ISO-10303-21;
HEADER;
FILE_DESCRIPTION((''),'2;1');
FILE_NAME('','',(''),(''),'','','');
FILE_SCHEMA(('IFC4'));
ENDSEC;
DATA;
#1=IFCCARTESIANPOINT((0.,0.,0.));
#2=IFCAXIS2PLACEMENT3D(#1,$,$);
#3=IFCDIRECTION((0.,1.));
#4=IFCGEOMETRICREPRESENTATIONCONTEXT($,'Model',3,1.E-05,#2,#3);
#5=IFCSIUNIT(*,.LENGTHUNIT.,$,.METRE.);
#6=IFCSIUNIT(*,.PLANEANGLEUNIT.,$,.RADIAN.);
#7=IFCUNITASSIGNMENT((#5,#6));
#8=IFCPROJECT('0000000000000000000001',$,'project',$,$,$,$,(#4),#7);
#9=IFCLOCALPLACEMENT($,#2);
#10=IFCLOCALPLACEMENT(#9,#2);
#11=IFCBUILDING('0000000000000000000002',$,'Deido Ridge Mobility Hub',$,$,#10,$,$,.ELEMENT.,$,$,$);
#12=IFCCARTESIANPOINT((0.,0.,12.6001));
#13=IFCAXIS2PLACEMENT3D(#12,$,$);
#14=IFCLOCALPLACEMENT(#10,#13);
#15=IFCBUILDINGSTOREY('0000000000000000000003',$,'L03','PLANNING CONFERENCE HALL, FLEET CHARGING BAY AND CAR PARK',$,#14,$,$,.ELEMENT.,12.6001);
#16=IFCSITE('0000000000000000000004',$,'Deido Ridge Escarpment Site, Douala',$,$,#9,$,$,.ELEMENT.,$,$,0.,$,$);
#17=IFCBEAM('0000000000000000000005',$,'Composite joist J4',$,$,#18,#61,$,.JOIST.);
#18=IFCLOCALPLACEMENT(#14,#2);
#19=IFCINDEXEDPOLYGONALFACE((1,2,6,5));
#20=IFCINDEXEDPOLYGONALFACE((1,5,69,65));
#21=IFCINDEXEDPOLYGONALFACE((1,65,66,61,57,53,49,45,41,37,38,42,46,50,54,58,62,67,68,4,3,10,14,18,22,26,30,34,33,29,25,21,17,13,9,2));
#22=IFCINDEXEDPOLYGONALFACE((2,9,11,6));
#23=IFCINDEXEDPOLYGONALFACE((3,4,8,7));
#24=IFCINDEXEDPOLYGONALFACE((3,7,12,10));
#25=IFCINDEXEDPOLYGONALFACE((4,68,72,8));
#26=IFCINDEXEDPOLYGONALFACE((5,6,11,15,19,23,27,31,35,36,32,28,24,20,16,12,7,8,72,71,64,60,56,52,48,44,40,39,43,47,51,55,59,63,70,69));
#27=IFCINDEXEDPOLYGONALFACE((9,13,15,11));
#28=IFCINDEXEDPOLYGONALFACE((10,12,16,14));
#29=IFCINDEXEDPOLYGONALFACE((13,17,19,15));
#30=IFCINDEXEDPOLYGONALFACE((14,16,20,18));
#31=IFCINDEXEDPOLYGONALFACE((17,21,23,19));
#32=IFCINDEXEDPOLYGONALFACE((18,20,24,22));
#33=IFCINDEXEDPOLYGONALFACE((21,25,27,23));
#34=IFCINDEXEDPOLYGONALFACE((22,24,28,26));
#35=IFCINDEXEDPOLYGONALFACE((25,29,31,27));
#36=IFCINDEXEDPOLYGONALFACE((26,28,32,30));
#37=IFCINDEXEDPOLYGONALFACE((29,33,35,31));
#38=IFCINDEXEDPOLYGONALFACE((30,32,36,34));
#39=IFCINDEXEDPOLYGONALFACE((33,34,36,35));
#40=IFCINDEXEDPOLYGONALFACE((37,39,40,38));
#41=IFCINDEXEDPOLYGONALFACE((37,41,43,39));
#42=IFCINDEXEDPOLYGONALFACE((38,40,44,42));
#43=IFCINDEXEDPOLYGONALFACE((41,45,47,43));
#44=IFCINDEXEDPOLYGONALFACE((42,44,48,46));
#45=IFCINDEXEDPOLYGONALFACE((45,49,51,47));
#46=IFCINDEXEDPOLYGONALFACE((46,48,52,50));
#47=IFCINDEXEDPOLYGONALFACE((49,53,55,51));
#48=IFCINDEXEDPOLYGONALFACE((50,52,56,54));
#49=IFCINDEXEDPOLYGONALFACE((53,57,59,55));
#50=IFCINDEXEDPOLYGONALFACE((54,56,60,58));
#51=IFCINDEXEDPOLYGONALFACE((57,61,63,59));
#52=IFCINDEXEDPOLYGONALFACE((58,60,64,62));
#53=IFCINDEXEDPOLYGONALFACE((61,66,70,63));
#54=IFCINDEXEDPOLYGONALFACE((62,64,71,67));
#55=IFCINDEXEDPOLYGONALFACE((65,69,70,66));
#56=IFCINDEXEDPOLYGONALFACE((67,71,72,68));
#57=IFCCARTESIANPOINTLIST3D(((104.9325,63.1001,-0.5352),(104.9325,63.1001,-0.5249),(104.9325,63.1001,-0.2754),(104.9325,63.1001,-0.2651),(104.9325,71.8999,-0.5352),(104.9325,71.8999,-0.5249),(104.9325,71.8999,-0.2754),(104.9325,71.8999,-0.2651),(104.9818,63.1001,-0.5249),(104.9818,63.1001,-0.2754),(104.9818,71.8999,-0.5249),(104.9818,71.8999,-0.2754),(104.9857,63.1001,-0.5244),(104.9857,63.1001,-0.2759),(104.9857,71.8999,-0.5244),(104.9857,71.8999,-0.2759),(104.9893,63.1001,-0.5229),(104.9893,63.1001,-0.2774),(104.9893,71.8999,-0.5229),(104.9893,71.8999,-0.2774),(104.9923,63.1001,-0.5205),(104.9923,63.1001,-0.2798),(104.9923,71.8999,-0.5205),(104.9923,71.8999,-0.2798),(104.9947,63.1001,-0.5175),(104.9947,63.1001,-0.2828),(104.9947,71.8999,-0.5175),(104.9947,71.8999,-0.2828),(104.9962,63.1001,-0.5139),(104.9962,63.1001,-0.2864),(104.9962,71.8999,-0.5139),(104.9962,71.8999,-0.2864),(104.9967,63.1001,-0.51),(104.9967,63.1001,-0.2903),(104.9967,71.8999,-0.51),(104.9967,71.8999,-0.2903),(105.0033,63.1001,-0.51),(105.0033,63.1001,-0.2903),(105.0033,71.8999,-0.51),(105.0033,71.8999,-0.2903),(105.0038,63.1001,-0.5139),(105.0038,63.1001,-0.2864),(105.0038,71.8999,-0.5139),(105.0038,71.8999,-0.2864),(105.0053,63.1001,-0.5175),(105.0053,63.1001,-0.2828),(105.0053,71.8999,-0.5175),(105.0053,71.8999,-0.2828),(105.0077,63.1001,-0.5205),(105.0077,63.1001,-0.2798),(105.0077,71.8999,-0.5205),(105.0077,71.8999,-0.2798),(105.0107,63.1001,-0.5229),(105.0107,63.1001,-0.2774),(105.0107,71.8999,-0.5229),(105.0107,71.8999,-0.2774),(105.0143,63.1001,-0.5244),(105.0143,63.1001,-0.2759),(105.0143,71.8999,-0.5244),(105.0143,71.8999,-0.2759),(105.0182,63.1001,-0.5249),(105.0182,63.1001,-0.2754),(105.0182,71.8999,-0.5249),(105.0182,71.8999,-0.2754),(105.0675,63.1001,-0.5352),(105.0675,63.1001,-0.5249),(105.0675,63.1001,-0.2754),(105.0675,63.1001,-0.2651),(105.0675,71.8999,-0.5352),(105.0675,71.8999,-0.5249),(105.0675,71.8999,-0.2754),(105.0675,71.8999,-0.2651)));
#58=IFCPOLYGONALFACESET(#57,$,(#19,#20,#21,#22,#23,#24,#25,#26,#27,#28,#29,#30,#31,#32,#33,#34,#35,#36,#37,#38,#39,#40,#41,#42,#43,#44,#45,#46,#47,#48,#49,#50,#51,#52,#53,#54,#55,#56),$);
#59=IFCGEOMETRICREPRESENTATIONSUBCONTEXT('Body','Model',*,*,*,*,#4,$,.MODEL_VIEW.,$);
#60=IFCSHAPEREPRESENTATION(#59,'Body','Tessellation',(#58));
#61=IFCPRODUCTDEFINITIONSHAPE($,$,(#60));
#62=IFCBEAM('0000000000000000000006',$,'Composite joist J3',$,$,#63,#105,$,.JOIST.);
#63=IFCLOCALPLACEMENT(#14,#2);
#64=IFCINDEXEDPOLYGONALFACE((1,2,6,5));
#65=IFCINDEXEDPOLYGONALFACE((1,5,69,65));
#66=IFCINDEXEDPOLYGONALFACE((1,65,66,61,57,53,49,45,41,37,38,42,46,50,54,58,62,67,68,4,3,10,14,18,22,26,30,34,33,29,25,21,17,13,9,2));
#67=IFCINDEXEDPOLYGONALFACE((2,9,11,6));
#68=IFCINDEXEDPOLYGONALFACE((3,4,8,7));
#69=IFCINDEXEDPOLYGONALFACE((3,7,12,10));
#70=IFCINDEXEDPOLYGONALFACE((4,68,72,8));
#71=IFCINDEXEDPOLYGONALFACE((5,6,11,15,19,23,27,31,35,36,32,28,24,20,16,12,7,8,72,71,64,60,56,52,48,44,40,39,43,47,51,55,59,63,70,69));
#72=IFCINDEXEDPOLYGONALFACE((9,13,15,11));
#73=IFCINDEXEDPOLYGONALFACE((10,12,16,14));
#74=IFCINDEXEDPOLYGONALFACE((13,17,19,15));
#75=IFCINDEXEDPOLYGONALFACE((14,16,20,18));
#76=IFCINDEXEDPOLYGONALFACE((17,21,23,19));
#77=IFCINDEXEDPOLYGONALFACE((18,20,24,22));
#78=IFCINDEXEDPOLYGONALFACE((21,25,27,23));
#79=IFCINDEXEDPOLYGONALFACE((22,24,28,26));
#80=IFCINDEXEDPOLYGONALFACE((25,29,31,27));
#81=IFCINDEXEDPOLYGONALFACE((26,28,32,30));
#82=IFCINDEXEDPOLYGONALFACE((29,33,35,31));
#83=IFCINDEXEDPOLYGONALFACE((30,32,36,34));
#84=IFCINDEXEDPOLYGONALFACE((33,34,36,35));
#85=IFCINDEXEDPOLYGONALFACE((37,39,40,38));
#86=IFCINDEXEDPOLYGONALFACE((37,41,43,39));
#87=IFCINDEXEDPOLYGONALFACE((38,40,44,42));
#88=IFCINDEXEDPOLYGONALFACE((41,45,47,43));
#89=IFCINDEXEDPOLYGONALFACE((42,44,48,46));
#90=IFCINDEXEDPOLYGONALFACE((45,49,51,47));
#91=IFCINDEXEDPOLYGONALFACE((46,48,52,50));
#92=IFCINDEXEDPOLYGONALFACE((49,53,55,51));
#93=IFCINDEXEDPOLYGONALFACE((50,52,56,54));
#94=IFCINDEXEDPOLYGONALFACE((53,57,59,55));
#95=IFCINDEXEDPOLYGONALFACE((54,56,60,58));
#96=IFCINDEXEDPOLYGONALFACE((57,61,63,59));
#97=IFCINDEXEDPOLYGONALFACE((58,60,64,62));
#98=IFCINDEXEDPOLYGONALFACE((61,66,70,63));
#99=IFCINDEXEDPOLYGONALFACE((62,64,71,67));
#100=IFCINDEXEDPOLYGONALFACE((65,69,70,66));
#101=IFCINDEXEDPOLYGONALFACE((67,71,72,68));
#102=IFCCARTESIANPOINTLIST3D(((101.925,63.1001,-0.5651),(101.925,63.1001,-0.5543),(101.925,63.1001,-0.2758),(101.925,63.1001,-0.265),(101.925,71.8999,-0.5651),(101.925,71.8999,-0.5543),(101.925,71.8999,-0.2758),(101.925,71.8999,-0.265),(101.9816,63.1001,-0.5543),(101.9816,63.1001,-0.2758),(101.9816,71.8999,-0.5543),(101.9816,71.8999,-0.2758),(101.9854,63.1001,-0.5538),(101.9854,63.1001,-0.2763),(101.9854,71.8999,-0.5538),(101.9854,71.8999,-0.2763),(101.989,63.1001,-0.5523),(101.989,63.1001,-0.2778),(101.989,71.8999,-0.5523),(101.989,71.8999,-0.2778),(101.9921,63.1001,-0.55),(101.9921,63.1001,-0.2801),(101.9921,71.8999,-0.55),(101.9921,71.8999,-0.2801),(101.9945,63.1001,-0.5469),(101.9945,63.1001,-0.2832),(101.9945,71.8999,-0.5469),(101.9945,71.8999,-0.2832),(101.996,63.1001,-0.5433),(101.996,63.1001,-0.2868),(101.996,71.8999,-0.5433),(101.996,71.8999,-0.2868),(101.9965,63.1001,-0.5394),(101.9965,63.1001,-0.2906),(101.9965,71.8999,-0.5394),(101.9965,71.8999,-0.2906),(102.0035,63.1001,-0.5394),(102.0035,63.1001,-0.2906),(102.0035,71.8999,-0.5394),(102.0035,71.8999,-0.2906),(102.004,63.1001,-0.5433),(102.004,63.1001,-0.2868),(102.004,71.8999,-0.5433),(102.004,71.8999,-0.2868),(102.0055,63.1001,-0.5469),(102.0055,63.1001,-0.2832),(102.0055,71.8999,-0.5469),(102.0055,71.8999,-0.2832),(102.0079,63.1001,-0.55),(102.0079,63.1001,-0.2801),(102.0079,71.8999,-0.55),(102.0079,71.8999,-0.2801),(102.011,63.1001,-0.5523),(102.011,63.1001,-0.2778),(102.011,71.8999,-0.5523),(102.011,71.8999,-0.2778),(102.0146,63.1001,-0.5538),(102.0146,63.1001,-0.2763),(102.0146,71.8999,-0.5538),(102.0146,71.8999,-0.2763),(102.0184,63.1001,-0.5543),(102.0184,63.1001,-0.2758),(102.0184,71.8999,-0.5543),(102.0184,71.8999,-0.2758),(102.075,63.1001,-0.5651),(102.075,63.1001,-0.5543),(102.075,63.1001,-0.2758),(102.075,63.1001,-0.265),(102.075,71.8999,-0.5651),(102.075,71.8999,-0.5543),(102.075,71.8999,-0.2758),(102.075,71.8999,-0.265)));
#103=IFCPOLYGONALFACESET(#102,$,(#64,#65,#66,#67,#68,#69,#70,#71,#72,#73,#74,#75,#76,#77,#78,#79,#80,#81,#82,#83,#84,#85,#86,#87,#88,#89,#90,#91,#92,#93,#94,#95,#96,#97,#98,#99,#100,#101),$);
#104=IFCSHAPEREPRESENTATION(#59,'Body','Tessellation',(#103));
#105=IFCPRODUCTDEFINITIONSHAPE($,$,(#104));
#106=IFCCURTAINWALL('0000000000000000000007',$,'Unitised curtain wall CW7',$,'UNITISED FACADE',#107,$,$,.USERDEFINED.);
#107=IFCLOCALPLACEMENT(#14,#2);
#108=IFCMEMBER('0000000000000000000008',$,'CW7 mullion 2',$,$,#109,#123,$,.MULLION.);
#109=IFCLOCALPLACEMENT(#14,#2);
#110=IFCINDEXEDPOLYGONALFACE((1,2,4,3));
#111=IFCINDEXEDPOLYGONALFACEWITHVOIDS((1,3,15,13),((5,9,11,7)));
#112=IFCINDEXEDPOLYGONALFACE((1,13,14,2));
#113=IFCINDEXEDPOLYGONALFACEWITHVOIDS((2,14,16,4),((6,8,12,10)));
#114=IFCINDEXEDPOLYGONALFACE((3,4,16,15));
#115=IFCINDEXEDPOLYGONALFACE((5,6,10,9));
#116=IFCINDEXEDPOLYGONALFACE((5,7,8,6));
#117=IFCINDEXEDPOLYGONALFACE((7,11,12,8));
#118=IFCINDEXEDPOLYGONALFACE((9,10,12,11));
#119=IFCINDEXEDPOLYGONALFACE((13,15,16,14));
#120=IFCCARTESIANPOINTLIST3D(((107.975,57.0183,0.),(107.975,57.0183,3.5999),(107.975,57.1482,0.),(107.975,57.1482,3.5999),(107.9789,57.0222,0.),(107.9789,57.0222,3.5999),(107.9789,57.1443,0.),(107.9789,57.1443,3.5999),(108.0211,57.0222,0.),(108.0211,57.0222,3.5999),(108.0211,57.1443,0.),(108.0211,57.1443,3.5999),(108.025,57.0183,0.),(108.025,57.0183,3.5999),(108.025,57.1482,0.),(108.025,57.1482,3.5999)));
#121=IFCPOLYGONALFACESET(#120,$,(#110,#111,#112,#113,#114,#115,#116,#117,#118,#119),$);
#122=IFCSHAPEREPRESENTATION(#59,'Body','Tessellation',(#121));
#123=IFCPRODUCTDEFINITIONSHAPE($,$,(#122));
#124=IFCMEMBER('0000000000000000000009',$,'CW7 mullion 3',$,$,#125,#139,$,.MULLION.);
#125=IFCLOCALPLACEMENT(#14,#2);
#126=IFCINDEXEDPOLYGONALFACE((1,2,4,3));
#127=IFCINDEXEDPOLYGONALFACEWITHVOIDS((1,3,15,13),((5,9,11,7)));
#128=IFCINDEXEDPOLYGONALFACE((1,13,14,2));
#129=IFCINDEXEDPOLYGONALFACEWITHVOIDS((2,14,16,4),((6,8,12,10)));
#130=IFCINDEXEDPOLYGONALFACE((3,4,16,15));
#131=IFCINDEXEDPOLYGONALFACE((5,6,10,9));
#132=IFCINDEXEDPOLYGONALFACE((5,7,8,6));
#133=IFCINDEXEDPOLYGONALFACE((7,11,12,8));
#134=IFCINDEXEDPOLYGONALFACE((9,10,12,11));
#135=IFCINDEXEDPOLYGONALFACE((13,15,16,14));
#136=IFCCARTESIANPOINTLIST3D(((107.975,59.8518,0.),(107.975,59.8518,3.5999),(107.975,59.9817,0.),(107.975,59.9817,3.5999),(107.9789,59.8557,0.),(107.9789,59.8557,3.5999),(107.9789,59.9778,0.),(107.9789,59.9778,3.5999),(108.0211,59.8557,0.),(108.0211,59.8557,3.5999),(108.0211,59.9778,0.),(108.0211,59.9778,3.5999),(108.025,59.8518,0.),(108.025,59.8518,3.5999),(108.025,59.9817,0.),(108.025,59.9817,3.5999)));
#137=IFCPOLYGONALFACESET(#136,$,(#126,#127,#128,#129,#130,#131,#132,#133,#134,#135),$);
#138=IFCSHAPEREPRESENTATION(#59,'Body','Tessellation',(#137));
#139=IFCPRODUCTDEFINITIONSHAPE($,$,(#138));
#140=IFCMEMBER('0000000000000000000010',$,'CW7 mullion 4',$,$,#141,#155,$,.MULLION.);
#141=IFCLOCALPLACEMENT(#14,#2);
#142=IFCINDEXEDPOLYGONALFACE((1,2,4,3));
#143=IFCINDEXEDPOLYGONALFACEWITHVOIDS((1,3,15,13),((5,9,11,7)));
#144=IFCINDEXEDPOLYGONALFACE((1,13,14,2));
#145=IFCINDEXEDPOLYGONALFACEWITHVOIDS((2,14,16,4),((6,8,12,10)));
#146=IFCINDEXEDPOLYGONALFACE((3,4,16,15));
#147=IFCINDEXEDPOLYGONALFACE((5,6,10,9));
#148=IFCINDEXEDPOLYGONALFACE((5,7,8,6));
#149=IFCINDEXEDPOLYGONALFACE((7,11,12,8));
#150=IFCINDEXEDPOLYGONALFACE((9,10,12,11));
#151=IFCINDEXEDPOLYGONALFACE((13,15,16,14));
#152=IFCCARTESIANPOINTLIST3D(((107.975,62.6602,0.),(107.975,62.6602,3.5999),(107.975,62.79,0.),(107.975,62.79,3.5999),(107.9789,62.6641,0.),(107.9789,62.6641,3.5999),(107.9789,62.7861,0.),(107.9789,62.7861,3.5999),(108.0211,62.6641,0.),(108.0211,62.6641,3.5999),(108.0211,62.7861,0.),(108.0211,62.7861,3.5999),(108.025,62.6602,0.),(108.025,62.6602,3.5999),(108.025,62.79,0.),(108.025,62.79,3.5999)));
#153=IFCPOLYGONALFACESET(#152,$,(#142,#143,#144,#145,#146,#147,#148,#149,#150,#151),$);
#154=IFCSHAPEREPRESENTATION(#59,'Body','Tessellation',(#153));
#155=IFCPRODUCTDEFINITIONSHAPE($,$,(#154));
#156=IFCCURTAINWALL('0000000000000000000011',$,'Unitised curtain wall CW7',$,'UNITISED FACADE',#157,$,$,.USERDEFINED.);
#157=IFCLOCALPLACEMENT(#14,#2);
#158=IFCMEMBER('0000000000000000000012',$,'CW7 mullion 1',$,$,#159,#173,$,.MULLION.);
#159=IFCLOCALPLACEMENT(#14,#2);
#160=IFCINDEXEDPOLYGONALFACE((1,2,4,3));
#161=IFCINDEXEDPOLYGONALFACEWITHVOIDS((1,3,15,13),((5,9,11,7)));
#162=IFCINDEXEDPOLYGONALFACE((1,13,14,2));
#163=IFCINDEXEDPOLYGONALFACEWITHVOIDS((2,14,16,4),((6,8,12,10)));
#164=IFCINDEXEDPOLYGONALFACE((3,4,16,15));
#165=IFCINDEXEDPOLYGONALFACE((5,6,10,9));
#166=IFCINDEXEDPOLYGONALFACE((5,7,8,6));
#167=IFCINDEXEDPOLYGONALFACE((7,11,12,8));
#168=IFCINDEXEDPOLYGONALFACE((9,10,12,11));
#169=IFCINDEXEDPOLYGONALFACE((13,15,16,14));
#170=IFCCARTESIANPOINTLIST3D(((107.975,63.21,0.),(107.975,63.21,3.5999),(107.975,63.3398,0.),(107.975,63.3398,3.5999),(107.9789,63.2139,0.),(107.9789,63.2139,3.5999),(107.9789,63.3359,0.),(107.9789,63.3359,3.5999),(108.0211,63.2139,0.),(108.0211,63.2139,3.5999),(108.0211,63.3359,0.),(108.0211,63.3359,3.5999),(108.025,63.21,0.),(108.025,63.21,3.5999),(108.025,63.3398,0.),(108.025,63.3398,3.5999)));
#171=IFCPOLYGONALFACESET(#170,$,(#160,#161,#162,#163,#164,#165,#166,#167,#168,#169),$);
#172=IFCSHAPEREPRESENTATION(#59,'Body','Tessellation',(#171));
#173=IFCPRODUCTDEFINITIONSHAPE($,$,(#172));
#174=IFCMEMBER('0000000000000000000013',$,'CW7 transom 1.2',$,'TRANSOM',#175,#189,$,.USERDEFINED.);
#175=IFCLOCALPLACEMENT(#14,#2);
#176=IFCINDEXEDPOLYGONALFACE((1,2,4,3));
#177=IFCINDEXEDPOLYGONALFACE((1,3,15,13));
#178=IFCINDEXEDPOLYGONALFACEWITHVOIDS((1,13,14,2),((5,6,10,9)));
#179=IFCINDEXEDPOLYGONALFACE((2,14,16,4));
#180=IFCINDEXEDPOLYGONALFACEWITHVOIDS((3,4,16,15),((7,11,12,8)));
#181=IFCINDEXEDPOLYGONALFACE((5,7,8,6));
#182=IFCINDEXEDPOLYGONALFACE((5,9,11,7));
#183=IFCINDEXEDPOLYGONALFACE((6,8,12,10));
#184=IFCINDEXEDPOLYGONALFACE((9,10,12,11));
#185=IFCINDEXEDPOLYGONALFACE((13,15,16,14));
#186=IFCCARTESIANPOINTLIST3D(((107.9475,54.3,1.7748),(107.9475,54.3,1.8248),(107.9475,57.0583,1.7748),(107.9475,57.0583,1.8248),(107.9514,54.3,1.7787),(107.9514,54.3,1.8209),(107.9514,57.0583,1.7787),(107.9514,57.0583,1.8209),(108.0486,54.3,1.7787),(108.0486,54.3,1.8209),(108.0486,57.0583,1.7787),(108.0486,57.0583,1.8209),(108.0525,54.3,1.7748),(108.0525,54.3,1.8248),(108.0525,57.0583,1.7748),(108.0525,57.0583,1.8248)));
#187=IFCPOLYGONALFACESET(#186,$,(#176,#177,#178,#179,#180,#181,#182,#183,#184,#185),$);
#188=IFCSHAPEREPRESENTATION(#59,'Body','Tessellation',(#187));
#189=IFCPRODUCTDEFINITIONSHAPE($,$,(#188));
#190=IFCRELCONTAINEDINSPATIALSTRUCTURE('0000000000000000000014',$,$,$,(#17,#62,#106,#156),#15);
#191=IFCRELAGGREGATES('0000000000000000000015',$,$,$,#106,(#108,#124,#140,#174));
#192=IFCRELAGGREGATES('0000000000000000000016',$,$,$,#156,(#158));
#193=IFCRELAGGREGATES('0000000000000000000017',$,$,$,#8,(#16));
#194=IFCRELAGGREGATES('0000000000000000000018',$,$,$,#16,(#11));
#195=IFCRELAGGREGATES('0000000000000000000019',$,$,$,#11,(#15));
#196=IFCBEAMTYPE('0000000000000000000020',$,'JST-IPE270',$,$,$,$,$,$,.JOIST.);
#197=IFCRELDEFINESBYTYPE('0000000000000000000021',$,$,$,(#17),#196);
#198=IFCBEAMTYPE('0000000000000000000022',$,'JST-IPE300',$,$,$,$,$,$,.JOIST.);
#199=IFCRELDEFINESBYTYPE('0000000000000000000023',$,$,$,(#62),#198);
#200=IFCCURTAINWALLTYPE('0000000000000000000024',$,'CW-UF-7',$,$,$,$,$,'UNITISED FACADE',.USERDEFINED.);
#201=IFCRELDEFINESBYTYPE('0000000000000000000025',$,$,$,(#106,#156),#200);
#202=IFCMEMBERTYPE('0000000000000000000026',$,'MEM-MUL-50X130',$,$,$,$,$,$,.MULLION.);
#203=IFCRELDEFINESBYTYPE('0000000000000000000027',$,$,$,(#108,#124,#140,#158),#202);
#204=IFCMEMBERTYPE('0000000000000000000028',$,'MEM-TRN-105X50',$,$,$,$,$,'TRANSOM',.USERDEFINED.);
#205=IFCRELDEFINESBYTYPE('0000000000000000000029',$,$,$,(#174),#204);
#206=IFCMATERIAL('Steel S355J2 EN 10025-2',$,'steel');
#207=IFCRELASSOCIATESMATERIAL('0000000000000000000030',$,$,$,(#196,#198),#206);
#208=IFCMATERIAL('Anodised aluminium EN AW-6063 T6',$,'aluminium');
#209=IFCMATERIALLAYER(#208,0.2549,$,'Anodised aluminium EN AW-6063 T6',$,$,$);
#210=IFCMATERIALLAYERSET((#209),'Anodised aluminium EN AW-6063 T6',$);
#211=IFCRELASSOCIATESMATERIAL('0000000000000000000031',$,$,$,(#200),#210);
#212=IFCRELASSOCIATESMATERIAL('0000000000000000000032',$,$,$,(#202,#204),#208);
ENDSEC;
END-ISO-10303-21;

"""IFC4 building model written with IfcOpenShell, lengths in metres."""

from ifc_helpers import new_model, si_unit, direction, frame, origin, origin_2d, place, context, subcontext, project, spatial, hollow_rectangle, i_section, extrude, material, layer, layer_set, material_profile, profile_set, type_object, element, aggregate, save


model = new_model("IFC4")

# Units and contexts
model_context = context("Model", 3, precision=1e-05, world=origin(), true_north=direction((0.0, 1.0)))
body_context = subcontext(model_context, "Body", "Model", "MODEL_VIEW")
ifc_project = project(units=[si_unit("LENGTHUNIT", "METRE"), si_unit("PLANEANGLEUNIT", "RADIAN")], contexts=[model_context])

# Site, building, storey
site_placement = place(None, origin())
site = spatial("IfcSite", under=ifc_project, at=site_placement, Name="Deido Ridge Escarpment Site, Douala", CompositionType="ELEMENT", RefElevation=0.0)
building_placement = place(site_placement, origin())
building = spatial("IfcBuilding", under=site, at=building_placement, Name="Deido Ridge Mobility Hub", CompositionType="ELEMENT")
storey_placement = place(building_placement, frame((0.0, 0.0, 12.6001)))
storey = spatial("IfcBuildingStorey", under=building, at=storey_placement, Name="L03", Description="PLANNING CONFERENCE HALL, FLEET CHARGING BAY AND CAR PARK", CompositionType="ELEMENT", Elevation=12.6001)

# Shared definitions
ifc_material_1 = material(Name="Steel S355J2 EN 10025-2", Category="steel")

# Beams
ifc_material_profile_1 = material_profile(ifc_material_1, i_section(OverallWidth=0.135, OverallDepth=0.27, WebThickness=0.0066, FlangeThickness=0.0103, FilletRadius=0.0149, at=origin_2d()), Name="IPE 270")
ifc_profile_set_1 = profile_set([ifc_material_profile_1], Name="Steel S355J2 EN 10025-2")
beam_type_1 = type_object("IfcBeamType", Name="JST-IPE270", PredefinedType="JOIST", material=ifc_profile_set_1)
beam_1_placement = place(storey_placement, frame((105.0, 63.1001, -0.4001), z_axis=(0.0, 1.0, 0.0), x_axis=(-1.0, 0.0, 0.0)))
element("IfcBeam", 1, at=beam_1_placement, inside=storey, type_object=beam_type_1, Name="Composite joist J4", PredefinedType="JOIST", context=body_context, shape_type="SweptSolid", body=[
    extrude(i_section(OverallWidth=0.135, OverallDepth=0.27, WebThickness=0.0066, FlangeThickness=0.0103, FilletRadius=0.0149, at=origin_2d()), origin(), (0.0, 0.0, 1.0), 8.7998),
])
ifc_material_profile_2 = material_profile(ifc_material_1, i_section(OverallWidth=0.1499, OverallDepth=0.3, WebThickness=0.0071, FlangeThickness=0.0107, FilletRadius=0.0149, at=origin_2d()), Name="IPE 300")
ifc_profile_set_2 = profile_set([ifc_material_profile_2], Name="Steel S355J2 EN 10025-2")
beam_type_2 = type_object("IfcBeamType", Name="JST-IPE300", PredefinedType="JOIST", material=ifc_profile_set_2)
beam_2_placement = place(storey_placement, frame((102.0, 63.1001, -0.415), z_axis=(0.0, 1.0, 0.0), x_axis=(-1.0, 0.0, 0.0)))
element("IfcBeam", 2, at=beam_2_placement, inside=storey, type_object=beam_type_2, Name="Composite joist J3", PredefinedType="JOIST", context=body_context, shape_type="SweptSolid", body=[
    extrude(i_section(OverallWidth=0.1499, OverallDepth=0.3, WebThickness=0.0071, FlangeThickness=0.0107, FilletRadius=0.0149, at=origin_2d()), origin(), (0.0, 0.0, 1.0), 8.7998),
])

# Curtain wall, members
ifc_material_2 = material(Name="Anodised aluminium EN AW-6063 T6", Category="aluminium")
ifc_layer_1 = layer(ifc_material_2, 0.2549, Name="Anodised aluminium EN AW-6063 T6")
ifc_layer_set_1 = layer_set([ifc_layer_1], Name="Anodised aluminium EN AW-6063 T6")
curtain_wall_type = type_object("IfcCurtainWallType", Name="CW-UF-7", ElementType="UNITISED FACADE", PredefinedType="USERDEFINED", material=ifc_layer_set_1)
curtain_wall_1_placement = place(storey_placement, origin())
curtain_wall_1 = element("IfcCurtainWall", 3, at=curtain_wall_1_placement, inside=storey, type_object=curtain_wall_type, Name="Unitised curtain wall CW7", ObjectType="UNITISED FACADE", PredefinedType="USERDEFINED")
ifc_material_profile_3 = material_profile(ifc_material_2, hollow_rectangle(XDim=0.05, YDim=0.1299, WallThickness=0.0039, at=origin_2d()), Name="RHS 50x130x4")
ifc_profile_set_3 = profile_set([ifc_material_profile_3], Name="Anodised aluminium EN AW-6063 T6")
member_type_1 = type_object("IfcMemberType", Name="MEM-MUL-50X130", PredefinedType="MULLION", material=ifc_profile_set_3)
member_1_placement = place(storey_placement, frame((108.0, 57.0833, 0.0), z_axis=(0.0, 0.0, 1.0), x_axis=(-1.0, 0.0, 0.0)))
member_1 = element("IfcMember", 4, at=member_1_placement, type_object=member_type_1, Name="CW7 mullion 2", PredefinedType="MULLION", context=body_context, shape_type="SweptSolid", body=[
    extrude(hollow_rectangle(XDim=0.05, YDim=0.1299, WallThickness=0.0039, at=origin_2d()), origin(), (0.0, 0.0, 1.0), 3.5999),
])
member_2_placement = place(storey_placement, frame((108.0, 59.9167, 0.0), z_axis=(0.0, 0.0, 1.0), x_axis=(-1.0, 0.0, 0.0)))
member_2 = element("IfcMember", 5, at=member_2_placement, type_object=member_type_1, Name="CW7 mullion 3", PredefinedType="MULLION", context=body_context, shape_type="SweptSolid", body=[
    extrude(hollow_rectangle(XDim=0.05, YDim=0.1299, WallThickness=0.0039, at=origin_2d()), origin(), (0.0, 0.0, 1.0), 3.5999),
])
member_3_placement = place(storey_placement, frame((108.0, 62.7251, 0.0), z_axis=(0.0, 0.0, 1.0), x_axis=(-1.0, 0.0, 0.0)))
member_3 = element("IfcMember", 6, at=member_3_placement, type_object=member_type_1, Name="CW7 mullion 4", PredefinedType="MULLION", context=body_context, shape_type="SweptSolid", body=[
    extrude(hollow_rectangle(XDim=0.05, YDim=0.1299, WallThickness=0.0039, at=origin_2d()), origin(), (0.0, 0.0, 1.0), 3.5999),
])

# Curtain wall, member
curtain_wall_2_placement = place(storey_placement, origin())
curtain_wall_2 = element("IfcCurtainWall", 7, at=curtain_wall_2_placement, inside=storey, type_object=curtain_wall_type, Name="Unitised curtain wall CW7", ObjectType="UNITISED FACADE", PredefinedType="USERDEFINED")
member_4_placement = place(storey_placement, frame((108.0, 63.2749, 0.0), z_axis=(0.0, 0.0, 1.0), x_axis=(-1.0, 0.0, 0.0)))
member_4 = element("IfcMember", 8, at=member_4_placement, type_object=member_type_1, Name="CW7 mullion 1", PredefinedType="MULLION", context=body_context, shape_type="SweptSolid", body=[
    extrude(hollow_rectangle(XDim=0.05, YDim=0.1299, WallThickness=0.0039, at=origin_2d()), origin(), (0.0, 0.0, 1.0), 3.5999),
])

# Member
ifc_material_profile_4 = material_profile(ifc_material_2, hollow_rectangle(XDim=0.105, YDim=0.05, WallThickness=0.0039, at=origin_2d()), Name="RHS 105x50x4")
ifc_profile_set_4 = profile_set([ifc_material_profile_4], Name="Anodised aluminium EN AW-6063 T6")
member_type_2 = type_object("IfcMemberType", Name="MEM-TRN-105X50", ElementType="TRANSOM", PredefinedType="USERDEFINED", material=ifc_profile_set_4)
member_5_placement = place(storey_placement, frame((108.0, 54.3, 1.7998), z_axis=(0.0, 1.0, 0.0), x_axis=(-1.0, 0.0, 0.0)))
member_5 = element("IfcMember", 9, at=member_5_placement, type_object=member_type_2, Name="CW7 transom 1.2", ObjectType="TRANSOM", PredefinedType="USERDEFINED", context=body_context, shape_type="SweptSolid", body=[
    extrude(hollow_rectangle(XDim=0.105, YDim=0.05, WallThickness=0.0039, at=origin_2d()), origin(), (0.0, 0.0, 1.0), 2.7583),
])

aggregate(curtain_wall_1, [member_1, member_2, member_3, member_5])
aggregate(curtain_wall_2, [member_4])

save(model, "model.ifc")
